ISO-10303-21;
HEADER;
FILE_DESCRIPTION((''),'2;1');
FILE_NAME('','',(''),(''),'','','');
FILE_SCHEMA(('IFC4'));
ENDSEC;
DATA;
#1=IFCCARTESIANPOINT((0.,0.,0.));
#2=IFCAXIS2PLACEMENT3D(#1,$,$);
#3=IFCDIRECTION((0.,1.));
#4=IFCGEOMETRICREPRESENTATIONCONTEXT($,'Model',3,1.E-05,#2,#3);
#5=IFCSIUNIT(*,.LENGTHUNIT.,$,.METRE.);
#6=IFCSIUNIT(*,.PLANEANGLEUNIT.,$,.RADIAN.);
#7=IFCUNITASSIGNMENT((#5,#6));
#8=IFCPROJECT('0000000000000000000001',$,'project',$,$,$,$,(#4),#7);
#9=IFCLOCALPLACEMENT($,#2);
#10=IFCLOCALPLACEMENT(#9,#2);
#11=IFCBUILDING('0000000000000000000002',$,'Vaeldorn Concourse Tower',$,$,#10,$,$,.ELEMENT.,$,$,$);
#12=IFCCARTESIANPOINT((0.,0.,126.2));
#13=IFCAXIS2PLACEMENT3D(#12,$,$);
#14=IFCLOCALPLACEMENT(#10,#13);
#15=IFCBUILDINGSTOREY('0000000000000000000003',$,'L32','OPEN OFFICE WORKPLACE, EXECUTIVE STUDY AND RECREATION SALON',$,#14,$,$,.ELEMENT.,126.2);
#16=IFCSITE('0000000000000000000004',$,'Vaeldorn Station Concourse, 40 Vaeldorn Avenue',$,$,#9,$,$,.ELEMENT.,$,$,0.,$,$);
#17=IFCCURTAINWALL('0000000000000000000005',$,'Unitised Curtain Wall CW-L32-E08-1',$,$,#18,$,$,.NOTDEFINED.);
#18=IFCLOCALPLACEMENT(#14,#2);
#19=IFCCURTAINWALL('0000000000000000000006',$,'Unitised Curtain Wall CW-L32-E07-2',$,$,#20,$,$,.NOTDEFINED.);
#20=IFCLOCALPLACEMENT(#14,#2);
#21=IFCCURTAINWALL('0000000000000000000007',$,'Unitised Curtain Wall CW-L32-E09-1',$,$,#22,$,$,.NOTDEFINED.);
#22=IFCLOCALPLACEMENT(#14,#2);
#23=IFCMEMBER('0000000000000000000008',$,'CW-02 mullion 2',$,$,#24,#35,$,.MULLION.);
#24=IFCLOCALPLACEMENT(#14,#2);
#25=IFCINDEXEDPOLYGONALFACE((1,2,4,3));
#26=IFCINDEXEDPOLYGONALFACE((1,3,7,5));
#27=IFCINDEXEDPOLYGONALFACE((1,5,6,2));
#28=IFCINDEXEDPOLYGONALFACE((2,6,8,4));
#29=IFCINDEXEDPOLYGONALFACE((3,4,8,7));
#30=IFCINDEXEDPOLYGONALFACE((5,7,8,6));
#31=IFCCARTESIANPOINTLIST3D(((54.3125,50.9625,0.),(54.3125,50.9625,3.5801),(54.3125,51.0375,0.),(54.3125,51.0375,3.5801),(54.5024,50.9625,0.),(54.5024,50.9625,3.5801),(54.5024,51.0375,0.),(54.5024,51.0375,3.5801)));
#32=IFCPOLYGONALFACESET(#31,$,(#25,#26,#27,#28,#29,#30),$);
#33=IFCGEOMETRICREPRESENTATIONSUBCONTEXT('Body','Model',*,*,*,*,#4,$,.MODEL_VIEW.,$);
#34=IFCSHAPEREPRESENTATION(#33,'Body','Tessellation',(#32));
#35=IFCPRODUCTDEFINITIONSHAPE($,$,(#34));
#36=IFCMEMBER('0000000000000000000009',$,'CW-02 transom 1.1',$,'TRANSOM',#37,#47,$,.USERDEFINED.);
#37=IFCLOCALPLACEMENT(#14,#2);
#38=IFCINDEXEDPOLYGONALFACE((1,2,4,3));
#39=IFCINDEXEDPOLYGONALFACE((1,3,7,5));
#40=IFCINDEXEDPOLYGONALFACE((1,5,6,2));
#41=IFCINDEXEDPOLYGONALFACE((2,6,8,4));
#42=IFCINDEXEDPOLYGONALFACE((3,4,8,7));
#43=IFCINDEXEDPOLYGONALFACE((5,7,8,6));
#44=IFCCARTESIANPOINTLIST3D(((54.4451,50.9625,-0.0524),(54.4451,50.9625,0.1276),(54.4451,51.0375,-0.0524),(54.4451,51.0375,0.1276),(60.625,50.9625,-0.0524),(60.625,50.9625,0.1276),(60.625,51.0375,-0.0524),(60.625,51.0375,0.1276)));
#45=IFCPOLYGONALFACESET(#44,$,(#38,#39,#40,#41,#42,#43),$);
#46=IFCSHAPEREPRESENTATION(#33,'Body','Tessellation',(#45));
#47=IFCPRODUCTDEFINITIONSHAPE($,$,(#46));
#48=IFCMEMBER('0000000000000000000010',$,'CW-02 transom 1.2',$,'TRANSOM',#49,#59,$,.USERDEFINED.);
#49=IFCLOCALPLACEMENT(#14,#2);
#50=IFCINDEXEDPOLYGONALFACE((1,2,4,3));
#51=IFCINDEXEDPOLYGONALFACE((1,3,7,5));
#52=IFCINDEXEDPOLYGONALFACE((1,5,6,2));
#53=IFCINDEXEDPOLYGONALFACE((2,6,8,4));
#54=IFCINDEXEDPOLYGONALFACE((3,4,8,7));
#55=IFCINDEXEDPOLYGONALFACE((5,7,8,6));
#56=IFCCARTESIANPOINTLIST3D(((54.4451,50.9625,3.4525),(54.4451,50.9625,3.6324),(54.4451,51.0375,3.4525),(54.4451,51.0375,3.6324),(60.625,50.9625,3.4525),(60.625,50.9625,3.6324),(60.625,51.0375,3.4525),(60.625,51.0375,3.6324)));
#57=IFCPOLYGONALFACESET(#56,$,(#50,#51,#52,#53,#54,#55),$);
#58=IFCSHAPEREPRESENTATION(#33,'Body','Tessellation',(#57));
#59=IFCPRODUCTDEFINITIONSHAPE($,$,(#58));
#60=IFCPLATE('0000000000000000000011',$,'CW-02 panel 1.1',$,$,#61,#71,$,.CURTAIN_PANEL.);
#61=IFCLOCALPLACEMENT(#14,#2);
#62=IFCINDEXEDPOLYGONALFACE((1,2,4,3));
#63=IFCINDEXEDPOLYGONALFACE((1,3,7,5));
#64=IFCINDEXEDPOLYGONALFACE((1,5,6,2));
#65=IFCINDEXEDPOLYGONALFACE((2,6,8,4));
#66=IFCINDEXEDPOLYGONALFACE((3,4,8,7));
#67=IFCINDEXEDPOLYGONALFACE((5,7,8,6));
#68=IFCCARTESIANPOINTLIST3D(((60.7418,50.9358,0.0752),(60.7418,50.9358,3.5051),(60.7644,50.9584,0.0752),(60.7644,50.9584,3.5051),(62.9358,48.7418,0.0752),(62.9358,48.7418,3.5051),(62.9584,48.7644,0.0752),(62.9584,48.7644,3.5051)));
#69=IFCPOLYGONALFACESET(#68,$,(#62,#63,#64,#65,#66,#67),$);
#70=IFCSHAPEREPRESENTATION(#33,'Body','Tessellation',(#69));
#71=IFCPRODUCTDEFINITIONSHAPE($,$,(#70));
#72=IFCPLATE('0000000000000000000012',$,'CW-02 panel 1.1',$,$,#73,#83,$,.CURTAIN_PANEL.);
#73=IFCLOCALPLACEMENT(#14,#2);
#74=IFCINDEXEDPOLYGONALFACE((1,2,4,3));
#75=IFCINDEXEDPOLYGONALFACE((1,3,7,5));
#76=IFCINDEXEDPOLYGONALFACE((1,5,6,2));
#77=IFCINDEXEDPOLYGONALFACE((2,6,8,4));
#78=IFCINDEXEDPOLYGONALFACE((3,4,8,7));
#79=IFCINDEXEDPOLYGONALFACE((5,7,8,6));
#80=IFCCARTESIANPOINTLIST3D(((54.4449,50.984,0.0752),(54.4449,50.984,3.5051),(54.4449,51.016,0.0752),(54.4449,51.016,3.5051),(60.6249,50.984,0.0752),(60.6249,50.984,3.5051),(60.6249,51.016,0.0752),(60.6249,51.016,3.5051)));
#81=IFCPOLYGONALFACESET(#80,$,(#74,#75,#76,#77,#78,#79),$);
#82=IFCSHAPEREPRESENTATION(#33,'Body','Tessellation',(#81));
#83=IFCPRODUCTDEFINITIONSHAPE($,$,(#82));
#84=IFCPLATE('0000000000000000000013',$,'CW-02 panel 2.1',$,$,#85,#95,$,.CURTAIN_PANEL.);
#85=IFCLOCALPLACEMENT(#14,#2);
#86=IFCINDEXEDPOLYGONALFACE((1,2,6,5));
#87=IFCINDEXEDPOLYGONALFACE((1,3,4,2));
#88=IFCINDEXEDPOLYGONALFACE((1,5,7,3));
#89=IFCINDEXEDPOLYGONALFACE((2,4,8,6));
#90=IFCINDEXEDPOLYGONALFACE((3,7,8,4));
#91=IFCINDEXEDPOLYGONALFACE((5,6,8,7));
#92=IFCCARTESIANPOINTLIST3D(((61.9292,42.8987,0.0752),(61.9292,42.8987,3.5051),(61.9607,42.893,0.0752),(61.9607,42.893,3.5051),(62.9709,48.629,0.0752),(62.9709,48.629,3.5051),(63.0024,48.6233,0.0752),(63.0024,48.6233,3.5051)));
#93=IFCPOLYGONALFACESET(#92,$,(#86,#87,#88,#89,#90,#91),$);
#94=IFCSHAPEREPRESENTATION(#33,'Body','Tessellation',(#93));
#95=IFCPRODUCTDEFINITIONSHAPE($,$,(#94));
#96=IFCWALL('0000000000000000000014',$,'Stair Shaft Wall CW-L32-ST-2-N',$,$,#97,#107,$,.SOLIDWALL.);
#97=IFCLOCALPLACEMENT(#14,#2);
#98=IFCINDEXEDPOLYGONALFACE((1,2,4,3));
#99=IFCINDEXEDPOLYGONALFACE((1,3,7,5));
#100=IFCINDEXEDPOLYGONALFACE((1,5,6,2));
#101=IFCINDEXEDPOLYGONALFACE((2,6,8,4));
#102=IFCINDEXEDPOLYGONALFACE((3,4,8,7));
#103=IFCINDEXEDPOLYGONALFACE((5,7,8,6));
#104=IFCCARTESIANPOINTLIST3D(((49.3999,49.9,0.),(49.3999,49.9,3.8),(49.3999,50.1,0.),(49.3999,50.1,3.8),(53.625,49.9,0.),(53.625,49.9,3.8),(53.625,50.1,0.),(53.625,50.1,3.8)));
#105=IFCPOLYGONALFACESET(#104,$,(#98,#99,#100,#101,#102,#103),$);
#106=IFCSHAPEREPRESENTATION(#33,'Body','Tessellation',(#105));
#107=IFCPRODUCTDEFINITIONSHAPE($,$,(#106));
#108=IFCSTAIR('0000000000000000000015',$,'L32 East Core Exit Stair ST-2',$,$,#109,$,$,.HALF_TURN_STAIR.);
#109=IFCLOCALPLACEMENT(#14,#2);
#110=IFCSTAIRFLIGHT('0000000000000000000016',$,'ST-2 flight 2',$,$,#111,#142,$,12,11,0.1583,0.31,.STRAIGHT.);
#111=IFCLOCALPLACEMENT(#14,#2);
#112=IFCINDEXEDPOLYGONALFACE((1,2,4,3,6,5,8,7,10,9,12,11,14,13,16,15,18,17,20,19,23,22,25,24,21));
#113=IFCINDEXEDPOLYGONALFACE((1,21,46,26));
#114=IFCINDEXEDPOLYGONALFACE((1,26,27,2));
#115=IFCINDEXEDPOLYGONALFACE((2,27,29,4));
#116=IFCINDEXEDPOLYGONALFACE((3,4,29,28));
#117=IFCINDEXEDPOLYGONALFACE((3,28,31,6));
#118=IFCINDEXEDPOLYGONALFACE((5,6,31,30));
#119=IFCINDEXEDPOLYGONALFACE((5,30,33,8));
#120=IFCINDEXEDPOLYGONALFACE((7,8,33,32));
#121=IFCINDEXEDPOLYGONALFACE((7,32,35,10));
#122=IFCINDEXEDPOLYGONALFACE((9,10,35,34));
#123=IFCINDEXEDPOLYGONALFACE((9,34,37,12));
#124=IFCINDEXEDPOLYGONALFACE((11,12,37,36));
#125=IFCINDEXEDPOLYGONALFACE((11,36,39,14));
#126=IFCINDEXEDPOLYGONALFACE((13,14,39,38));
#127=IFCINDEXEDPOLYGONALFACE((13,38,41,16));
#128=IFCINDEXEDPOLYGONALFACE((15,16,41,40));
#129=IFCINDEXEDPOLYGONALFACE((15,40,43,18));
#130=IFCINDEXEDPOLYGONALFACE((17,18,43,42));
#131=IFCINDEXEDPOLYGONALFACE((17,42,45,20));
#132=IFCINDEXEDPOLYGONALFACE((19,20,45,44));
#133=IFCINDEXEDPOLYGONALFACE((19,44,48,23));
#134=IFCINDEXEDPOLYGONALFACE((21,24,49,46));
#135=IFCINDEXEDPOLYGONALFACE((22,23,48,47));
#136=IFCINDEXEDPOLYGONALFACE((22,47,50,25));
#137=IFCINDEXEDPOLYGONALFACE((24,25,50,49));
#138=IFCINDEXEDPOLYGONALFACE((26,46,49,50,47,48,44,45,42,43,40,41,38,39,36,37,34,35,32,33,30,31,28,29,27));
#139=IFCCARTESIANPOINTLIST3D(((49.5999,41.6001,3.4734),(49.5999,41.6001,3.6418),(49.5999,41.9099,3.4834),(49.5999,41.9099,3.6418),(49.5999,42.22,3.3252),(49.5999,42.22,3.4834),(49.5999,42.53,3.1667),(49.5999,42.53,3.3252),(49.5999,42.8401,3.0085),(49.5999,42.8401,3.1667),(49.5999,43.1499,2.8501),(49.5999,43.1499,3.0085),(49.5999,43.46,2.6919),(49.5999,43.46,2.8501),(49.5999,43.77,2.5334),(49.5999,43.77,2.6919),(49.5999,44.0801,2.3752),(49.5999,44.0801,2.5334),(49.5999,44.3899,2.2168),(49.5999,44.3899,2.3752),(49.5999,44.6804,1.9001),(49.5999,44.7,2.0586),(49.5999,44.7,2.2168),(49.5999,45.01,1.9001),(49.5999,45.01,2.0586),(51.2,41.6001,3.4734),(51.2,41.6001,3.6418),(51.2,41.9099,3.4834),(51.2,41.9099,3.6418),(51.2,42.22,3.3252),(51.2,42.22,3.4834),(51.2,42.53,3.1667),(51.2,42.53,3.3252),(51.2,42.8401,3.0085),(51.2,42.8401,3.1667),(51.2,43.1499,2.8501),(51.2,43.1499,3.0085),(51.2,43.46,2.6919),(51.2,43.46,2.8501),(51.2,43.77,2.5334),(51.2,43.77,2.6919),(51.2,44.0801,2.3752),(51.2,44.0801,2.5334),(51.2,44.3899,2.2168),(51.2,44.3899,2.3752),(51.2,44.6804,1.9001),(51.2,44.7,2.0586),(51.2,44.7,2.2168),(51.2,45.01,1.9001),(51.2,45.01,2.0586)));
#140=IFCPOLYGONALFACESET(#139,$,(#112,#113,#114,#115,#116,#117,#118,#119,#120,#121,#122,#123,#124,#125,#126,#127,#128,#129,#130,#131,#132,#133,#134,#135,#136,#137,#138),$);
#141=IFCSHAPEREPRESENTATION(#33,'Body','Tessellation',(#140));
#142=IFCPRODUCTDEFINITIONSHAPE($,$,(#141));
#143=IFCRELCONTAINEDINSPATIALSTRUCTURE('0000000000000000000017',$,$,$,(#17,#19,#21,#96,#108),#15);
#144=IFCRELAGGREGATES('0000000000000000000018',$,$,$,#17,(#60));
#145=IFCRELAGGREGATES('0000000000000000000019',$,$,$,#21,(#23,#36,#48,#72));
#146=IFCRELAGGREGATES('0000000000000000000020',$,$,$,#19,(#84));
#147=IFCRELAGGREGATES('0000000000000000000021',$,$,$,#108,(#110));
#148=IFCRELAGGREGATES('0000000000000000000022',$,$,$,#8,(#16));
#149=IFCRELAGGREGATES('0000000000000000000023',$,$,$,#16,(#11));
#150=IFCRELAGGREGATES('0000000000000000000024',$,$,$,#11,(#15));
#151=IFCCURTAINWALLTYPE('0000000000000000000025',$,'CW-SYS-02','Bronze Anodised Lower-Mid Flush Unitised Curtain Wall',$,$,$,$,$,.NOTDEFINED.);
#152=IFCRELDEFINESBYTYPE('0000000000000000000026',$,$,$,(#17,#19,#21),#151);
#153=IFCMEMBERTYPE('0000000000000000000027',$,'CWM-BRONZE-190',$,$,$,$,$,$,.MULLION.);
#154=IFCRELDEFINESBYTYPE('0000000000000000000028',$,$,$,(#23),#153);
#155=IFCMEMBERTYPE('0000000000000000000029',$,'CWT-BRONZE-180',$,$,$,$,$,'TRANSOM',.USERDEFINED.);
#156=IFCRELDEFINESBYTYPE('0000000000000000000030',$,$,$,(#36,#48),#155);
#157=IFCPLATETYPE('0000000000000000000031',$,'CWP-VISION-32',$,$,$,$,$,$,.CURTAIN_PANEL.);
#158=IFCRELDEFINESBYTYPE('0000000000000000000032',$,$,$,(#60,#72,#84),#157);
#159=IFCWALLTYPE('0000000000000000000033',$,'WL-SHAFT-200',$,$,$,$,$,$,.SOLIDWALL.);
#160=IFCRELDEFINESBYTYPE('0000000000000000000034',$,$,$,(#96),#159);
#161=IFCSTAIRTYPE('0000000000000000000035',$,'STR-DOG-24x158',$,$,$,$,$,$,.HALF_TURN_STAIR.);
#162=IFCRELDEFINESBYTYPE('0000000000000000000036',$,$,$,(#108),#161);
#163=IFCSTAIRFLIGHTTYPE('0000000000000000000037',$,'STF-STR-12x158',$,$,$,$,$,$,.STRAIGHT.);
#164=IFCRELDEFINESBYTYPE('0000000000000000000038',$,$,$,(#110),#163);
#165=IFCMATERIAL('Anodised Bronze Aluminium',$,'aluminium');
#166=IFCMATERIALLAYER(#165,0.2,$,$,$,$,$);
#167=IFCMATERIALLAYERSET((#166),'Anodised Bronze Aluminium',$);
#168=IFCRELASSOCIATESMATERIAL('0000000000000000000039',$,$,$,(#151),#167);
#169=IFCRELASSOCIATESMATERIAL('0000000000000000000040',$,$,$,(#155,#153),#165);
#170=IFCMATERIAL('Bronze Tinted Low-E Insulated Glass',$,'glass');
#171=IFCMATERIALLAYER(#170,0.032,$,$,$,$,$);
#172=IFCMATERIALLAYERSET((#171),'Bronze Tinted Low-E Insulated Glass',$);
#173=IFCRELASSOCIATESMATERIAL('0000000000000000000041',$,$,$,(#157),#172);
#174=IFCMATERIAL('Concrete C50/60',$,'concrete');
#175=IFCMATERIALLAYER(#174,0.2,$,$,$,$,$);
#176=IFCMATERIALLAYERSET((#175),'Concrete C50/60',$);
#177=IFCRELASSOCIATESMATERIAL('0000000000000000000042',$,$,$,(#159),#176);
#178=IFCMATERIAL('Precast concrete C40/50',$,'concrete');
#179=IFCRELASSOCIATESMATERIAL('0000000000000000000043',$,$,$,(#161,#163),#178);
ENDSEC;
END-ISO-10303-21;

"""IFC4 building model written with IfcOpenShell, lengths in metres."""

from ifc_helpers import new_model, si_unit, direction, frame, frame_2d, origin, origin_2d, place, context, subcontext, project, spatial, polyline, rectangle, outline, extrude, source, transform, mapped, material, layer, layer_set, material_profile, profile_set, type_object, element, aggregate, save


model = new_model("IFC4")

# Units and contexts
model_context = context("Model", 3, precision=1e-05, world=origin(), true_north=direction((0.0, 1.0)))
body_context = subcontext(model_context, "Body", "Model", "MODEL_VIEW")
ifc_project = project(units=[si_unit("LENGTHUNIT", "METRE"), si_unit("PLANEANGLEUNIT", "RADIAN")], contexts=[model_context])

# Site, building, storey
site_placement = place(None, origin())
site = spatial("IfcSite", under=ifc_project, at=site_placement, Name="Vaeldorn Station Concourse, 40 Vaeldorn Avenue", CompositionType="ELEMENT", RefElevation=0.0)
building_placement = place(site_placement, origin())
building = spatial("IfcBuilding", under=site, at=building_placement, Name="Vaeldorn Concourse Tower", CompositionType="ELEMENT")
storey_placement = place(building_placement, frame((0.0, 0.0, 126.2)))
storey = spatial("IfcBuildingStorey", under=building, at=storey_placement, Name="L32", Description="OPEN OFFICE WORKPLACE, EXECUTIVE STUDY AND RECREATION SALON", CompositionType="ELEMENT", Elevation=126.2)

# Curtain wall
ifc_material_1 = material(Name="Anodised Bronze Aluminium", Category="aluminium")
ifc_layer_1 = layer(ifc_material_1, 0.2)
ifc_layer_set_1 = layer_set([ifc_layer_1], Name="Anodised Bronze Aluminium")
curtain_wall_type = type_object("IfcCurtainWallType", Name="CW-SYS-02", Description="Bronze Anodised Lower-Mid Flush Unitised Curtain Wall", PredefinedType="NOTDEFINED", material=ifc_layer_set_1)
curtain_wall_1_placement = place(storey_placement, origin())
curtain_wall_1 = element("IfcCurtainWall", 1, at=curtain_wall_1_placement, inside=storey, type_object=curtain_wall_type, Name="Unitised Curtain Wall CW-L32-E08-1", PredefinedType="NOTDEFINED")
ifc_material_profile_1 = material_profile(ifc_material_1, rectangle(XDim=0.075, YDim=0.1799, at=origin_2d()), Name="CWT 75x180")
ifc_profile_set_1 = profile_set([ifc_material_profile_1], Name="Anodised Bronze Aluminium")
member_type_1 = type_object("IfcMemberType", Name="CWT-BRONZE-180", ElementType="TRANSOM", PredefinedType="USERDEFINED", material=ifc_profile_set_1)

# Curtain wall
curtain_wall_2_placement = place(storey_placement, origin())
curtain_wall_2 = element("IfcCurtainWall", 2, at=curtain_wall_2_placement, inside=storey, type_object=curtain_wall_type, Name="Unitised Curtain Wall CW-L32-E07-2", PredefinedType="NOTDEFINED")
ifc_material_profile_2 = material_profile(ifc_material_1, rectangle(XDim=0.075, YDim=0.1899, at=origin_2d()), Name="CWM 75x190")
ifc_profile_set_2 = profile_set([ifc_material_profile_2], Name="Anodised Bronze Aluminium")
member_type_2 = type_object("IfcMemberType", Name="CWM-BRONZE-190", PredefinedType="MULLION", material=ifc_profile_set_2)
shared_shape_1 = source(origin(), body_context, "Body", "SweptSolid", [
    extrude(rectangle(XDim=0.075, YDim=0.1899, at=origin_2d()), origin(), (0.0, 0.0, 1.0), 3.5801),
])

# Curtain wall, members
curtain_wall_3_placement = place(storey_placement, origin())
curtain_wall_3 = element("IfcCurtainWall", 3, at=curtain_wall_3_placement, inside=storey, type_object=curtain_wall_type, Name="Unitised Curtain Wall CW-L32-E09-1", PredefinedType="NOTDEFINED")
member_1_placement = place(storey_placement, frame((54.4075, 51.0, 0.0), z_axis=(0.0, 0.0, 1.0), x_axis=(0.0, -1.0, 0.0)))
member_1 = element("IfcMember", 4, at=member_1_placement, type_object=member_type_2, Name="CW-02 mullion 2", PredefinedType="MULLION", context=body_context, shape_type="MappedRepresentation", body=[
    mapped(shared_shape_1, transform((0.0, 0.0, 0.0), scale=1.0)),
])
shared_shape_2 = source(origin(), body_context, "Body", "SweptSolid", [
    extrude(rectangle(XDim=0.075, YDim=0.1799, at=origin_2d()), origin(), (0.0, 0.0, 1.0), 6.1799),
])
member_2_placement = place(storey_placement, frame((60.625, 51.0, 0.0376), z_axis=(-1.0, 0.0, 0.0), x_axis=(0.0, -1.0, 0.0)))
member_2 = element("IfcMember", 5, at=member_2_placement, type_object=member_type_1, Name="CW-02 transom 1.1", ObjectType="TRANSOM", PredefinedType="USERDEFINED", context=body_context, shape_type="MappedRepresentation", body=[
    mapped(shared_shape_2, transform((0.0, 0.0, 0.0), scale=1.0)),
])
member_3_placement = place(storey_placement, frame((60.625, 51.0, 3.5425), z_axis=(-1.0, 0.0, 0.0), x_axis=(0.0, -1.0, 0.0)))
member_3 = element("IfcMember", 6, at=member_3_placement, type_object=member_type_1, Name="CW-02 transom 1.2", ObjectType="TRANSOM", PredefinedType="USERDEFINED", context=body_context, shape_type="MappedRepresentation", body=[
    mapped(shared_shape_2, transform((0.0, 0.0, 0.0), scale=1.0)),
])

# Plates
ifc_material_2 = material(Name="Bronze Tinted Low-E Insulated Glass", Category="glass")
ifc_layer_2 = layer(ifc_material_2, 0.032)
ifc_layer_set_2 = layer_set([ifc_layer_2], Name="Bronze Tinted Low-E Insulated Glass")
plate_type = type_object("IfcPlateType", Name="CWP-VISION-32", PredefinedType="CURTAIN_PANEL", material=ifc_layer_set_2)
shared_shape_3 = source(origin(), body_context, "Body", "SweptSolid", [
    extrude(rectangle(XDim=3.1028, YDim=0.032, at=origin_2d()), origin(), (0.0, 0.0, 1.0), 3.4299),
])
plate_1_placement = place(storey_placement, frame((61.8501, 49.8501, 0.0752), z_axis=(0.0, 0.0, 1.0), x_axis=(-0.707107, 0.707107, 0.0)))
plate_1 = element("IfcPlate", 7, at=plate_1_placement, type_object=plate_type, Name="CW-02 panel 1.1", PredefinedType="CURTAIN_PANEL", context=body_context, shape_type="MappedRepresentation", body=[
    mapped(shared_shape_3, transform((0.0, 0.0, 0.0), scale=1.0)),
])
aggregate(curtain_wall_1, [plate_1])
shared_shape_4 = source(origin(), body_context, "Body", "SweptSolid", [
    extrude(rectangle(XDim=6.1799, YDim=0.032, at=origin_2d()), origin(), (0.0, 0.0, 1.0), 3.4299),
])
plate_2_placement = place(storey_placement, frame((57.5349, 51.0, 0.0752), z_axis=(0.0, 0.0, 1.0), x_axis=(-1.0, 0.0, 0.0)))
plate_2 = element("IfcPlate", 8, at=plate_2_placement, type_object=plate_type, Name="CW-02 panel 1.1", PredefinedType="CURTAIN_PANEL", context=body_context, shape_type="MappedRepresentation", body=[
    mapped(shared_shape_4, transform((0.0, 0.0, 0.0), scale=1.0)),
])
aggregate(curtain_wall_3, [member_1, member_2, member_3, plate_2])
shared_shape_5 = source(origin(), body_context, "Body", "SweptSolid", [
    extrude(rectangle(XDim=5.8242, YDim=0.032, at=origin_2d()), origin(), (0.0, 0.0, 1.0), 3.4299),
])
plate_3_placement = place(storey_placement, frame((62.4658, 45.761, 0.0752), z_axis=(0.0, 0.0, 1.0), x_axis=(0.178861, 0.983874, 0.0)))
plate_3 = element("IfcPlate", 9, at=plate_3_placement, type_object=plate_type, Name="CW-02 panel 2.1", PredefinedType="CURTAIN_PANEL", context=body_context, shape_type="MappedRepresentation", body=[
    mapped(shared_shape_5, transform((0.0, 0.0, 0.0), scale=1.0)),
])
aggregate(curtain_wall_2, [plate_3])

# Wall
ifc_material_3 = material(Name="Concrete C50/60", Category="concrete")
ifc_layer_3 = layer(ifc_material_3, 0.2)
ifc_layer_set_3 = layer_set([ifc_layer_3], Name="Concrete C50/60")
wall_type = type_object("IfcWallType", Name="WL-SHAFT-200", PredefinedType="SOLIDWALL", material=ifc_layer_set_3)
wall_placement = place(storey_placement, frame((49.3999, 50.0, 0.0), z_axis=(0.0, 0.0, 1.0), x_axis=(1.0, 0.0, 0.0)))
element("IfcWall", 10, at=wall_placement, inside=storey, type_object=wall_type, Name="Stair Shaft Wall CW-L32-ST-2-N", PredefinedType="SOLIDWALL", context=body_context, shape_type="SweptSolid", body=[
    extrude(rectangle(XDim=4.2251, YDim=0.2, at=frame_2d((2.1125, 0.0))), origin(), (0.0, 0.0, 1.0), 3.8),
])

# Stair, stair flight
ifc_material_4 = material(Name="Precast concrete C40/50", Category="concrete")
stair_type = type_object("IfcStairType", Name="STR-DOG-24x158", PredefinedType="HALF_TURN_STAIR", material=ifc_material_4)
stair_placement = place(storey_placement, origin())
stair = element("IfcStair", 11, at=stair_placement, inside=storey, type_object=stair_type, Name="L32 East Core Exit Stair ST-2", PredefinedType="HALF_TURN_STAIR")
stair_flight_type = type_object("IfcStairFlightType", Name="STF-STR-12x158", PredefinedType="STRAIGHT", material=ifc_material_4)
stair_flight_placement = place(storey_placement, frame((50.3999, 45.01, 1.9001), z_axis=(0.0, 0.0, 1.0), x_axis=(0.0, -1.0, 0.0)))
stair_flight = element("IfcStairFlight", 12, at=stair_flight_placement, type_object=stair_flight_type, Name="ST-2 flight 2", NumberOfRisers=12, NumberOfTreads=11, PredefinedType="STRAIGHT", RiserHeight=0.1583, TreadLength=0.31, context=body_context, shape_type="SweptSolid", body=[
    extrude(outline(polyline([(0.0, 0.0), (0.0, 0.1584), (0.3101, 0.1584), (0.3101, 0.3167), (0.6201, 0.3167), (0.6201, 0.4751), (0.9299, 0.4751), (0.9299, 0.6333), (1.24, 0.6333), (1.24, 0.7917), (1.55, 0.7917), (1.55, 0.95), (1.8601, 0.95), (1.8601, 1.1084), (2.1699, 1.1084), (2.1699, 1.2666), (2.48, 1.2666), (2.48, 1.425), (2.79, 1.425), (2.79, 1.5833), (3.1001, 1.5833), (3.1001, 1.7417), (3.4099, 1.7417), (3.4099, 1.8999), (3.4099, 1.5732), (0.3296, 0.0), (0.0, 0.0)])), frame((0.0, 0.8, 0.0), z_axis=(0.0, -1.0, 0.0), x_axis=(1.0, 0.0, 0.0)), (0.0, 0.0, 1.0), 1.6001),
])
aggregate(stair, [stair_flight])

save(model, "model.ifc")
